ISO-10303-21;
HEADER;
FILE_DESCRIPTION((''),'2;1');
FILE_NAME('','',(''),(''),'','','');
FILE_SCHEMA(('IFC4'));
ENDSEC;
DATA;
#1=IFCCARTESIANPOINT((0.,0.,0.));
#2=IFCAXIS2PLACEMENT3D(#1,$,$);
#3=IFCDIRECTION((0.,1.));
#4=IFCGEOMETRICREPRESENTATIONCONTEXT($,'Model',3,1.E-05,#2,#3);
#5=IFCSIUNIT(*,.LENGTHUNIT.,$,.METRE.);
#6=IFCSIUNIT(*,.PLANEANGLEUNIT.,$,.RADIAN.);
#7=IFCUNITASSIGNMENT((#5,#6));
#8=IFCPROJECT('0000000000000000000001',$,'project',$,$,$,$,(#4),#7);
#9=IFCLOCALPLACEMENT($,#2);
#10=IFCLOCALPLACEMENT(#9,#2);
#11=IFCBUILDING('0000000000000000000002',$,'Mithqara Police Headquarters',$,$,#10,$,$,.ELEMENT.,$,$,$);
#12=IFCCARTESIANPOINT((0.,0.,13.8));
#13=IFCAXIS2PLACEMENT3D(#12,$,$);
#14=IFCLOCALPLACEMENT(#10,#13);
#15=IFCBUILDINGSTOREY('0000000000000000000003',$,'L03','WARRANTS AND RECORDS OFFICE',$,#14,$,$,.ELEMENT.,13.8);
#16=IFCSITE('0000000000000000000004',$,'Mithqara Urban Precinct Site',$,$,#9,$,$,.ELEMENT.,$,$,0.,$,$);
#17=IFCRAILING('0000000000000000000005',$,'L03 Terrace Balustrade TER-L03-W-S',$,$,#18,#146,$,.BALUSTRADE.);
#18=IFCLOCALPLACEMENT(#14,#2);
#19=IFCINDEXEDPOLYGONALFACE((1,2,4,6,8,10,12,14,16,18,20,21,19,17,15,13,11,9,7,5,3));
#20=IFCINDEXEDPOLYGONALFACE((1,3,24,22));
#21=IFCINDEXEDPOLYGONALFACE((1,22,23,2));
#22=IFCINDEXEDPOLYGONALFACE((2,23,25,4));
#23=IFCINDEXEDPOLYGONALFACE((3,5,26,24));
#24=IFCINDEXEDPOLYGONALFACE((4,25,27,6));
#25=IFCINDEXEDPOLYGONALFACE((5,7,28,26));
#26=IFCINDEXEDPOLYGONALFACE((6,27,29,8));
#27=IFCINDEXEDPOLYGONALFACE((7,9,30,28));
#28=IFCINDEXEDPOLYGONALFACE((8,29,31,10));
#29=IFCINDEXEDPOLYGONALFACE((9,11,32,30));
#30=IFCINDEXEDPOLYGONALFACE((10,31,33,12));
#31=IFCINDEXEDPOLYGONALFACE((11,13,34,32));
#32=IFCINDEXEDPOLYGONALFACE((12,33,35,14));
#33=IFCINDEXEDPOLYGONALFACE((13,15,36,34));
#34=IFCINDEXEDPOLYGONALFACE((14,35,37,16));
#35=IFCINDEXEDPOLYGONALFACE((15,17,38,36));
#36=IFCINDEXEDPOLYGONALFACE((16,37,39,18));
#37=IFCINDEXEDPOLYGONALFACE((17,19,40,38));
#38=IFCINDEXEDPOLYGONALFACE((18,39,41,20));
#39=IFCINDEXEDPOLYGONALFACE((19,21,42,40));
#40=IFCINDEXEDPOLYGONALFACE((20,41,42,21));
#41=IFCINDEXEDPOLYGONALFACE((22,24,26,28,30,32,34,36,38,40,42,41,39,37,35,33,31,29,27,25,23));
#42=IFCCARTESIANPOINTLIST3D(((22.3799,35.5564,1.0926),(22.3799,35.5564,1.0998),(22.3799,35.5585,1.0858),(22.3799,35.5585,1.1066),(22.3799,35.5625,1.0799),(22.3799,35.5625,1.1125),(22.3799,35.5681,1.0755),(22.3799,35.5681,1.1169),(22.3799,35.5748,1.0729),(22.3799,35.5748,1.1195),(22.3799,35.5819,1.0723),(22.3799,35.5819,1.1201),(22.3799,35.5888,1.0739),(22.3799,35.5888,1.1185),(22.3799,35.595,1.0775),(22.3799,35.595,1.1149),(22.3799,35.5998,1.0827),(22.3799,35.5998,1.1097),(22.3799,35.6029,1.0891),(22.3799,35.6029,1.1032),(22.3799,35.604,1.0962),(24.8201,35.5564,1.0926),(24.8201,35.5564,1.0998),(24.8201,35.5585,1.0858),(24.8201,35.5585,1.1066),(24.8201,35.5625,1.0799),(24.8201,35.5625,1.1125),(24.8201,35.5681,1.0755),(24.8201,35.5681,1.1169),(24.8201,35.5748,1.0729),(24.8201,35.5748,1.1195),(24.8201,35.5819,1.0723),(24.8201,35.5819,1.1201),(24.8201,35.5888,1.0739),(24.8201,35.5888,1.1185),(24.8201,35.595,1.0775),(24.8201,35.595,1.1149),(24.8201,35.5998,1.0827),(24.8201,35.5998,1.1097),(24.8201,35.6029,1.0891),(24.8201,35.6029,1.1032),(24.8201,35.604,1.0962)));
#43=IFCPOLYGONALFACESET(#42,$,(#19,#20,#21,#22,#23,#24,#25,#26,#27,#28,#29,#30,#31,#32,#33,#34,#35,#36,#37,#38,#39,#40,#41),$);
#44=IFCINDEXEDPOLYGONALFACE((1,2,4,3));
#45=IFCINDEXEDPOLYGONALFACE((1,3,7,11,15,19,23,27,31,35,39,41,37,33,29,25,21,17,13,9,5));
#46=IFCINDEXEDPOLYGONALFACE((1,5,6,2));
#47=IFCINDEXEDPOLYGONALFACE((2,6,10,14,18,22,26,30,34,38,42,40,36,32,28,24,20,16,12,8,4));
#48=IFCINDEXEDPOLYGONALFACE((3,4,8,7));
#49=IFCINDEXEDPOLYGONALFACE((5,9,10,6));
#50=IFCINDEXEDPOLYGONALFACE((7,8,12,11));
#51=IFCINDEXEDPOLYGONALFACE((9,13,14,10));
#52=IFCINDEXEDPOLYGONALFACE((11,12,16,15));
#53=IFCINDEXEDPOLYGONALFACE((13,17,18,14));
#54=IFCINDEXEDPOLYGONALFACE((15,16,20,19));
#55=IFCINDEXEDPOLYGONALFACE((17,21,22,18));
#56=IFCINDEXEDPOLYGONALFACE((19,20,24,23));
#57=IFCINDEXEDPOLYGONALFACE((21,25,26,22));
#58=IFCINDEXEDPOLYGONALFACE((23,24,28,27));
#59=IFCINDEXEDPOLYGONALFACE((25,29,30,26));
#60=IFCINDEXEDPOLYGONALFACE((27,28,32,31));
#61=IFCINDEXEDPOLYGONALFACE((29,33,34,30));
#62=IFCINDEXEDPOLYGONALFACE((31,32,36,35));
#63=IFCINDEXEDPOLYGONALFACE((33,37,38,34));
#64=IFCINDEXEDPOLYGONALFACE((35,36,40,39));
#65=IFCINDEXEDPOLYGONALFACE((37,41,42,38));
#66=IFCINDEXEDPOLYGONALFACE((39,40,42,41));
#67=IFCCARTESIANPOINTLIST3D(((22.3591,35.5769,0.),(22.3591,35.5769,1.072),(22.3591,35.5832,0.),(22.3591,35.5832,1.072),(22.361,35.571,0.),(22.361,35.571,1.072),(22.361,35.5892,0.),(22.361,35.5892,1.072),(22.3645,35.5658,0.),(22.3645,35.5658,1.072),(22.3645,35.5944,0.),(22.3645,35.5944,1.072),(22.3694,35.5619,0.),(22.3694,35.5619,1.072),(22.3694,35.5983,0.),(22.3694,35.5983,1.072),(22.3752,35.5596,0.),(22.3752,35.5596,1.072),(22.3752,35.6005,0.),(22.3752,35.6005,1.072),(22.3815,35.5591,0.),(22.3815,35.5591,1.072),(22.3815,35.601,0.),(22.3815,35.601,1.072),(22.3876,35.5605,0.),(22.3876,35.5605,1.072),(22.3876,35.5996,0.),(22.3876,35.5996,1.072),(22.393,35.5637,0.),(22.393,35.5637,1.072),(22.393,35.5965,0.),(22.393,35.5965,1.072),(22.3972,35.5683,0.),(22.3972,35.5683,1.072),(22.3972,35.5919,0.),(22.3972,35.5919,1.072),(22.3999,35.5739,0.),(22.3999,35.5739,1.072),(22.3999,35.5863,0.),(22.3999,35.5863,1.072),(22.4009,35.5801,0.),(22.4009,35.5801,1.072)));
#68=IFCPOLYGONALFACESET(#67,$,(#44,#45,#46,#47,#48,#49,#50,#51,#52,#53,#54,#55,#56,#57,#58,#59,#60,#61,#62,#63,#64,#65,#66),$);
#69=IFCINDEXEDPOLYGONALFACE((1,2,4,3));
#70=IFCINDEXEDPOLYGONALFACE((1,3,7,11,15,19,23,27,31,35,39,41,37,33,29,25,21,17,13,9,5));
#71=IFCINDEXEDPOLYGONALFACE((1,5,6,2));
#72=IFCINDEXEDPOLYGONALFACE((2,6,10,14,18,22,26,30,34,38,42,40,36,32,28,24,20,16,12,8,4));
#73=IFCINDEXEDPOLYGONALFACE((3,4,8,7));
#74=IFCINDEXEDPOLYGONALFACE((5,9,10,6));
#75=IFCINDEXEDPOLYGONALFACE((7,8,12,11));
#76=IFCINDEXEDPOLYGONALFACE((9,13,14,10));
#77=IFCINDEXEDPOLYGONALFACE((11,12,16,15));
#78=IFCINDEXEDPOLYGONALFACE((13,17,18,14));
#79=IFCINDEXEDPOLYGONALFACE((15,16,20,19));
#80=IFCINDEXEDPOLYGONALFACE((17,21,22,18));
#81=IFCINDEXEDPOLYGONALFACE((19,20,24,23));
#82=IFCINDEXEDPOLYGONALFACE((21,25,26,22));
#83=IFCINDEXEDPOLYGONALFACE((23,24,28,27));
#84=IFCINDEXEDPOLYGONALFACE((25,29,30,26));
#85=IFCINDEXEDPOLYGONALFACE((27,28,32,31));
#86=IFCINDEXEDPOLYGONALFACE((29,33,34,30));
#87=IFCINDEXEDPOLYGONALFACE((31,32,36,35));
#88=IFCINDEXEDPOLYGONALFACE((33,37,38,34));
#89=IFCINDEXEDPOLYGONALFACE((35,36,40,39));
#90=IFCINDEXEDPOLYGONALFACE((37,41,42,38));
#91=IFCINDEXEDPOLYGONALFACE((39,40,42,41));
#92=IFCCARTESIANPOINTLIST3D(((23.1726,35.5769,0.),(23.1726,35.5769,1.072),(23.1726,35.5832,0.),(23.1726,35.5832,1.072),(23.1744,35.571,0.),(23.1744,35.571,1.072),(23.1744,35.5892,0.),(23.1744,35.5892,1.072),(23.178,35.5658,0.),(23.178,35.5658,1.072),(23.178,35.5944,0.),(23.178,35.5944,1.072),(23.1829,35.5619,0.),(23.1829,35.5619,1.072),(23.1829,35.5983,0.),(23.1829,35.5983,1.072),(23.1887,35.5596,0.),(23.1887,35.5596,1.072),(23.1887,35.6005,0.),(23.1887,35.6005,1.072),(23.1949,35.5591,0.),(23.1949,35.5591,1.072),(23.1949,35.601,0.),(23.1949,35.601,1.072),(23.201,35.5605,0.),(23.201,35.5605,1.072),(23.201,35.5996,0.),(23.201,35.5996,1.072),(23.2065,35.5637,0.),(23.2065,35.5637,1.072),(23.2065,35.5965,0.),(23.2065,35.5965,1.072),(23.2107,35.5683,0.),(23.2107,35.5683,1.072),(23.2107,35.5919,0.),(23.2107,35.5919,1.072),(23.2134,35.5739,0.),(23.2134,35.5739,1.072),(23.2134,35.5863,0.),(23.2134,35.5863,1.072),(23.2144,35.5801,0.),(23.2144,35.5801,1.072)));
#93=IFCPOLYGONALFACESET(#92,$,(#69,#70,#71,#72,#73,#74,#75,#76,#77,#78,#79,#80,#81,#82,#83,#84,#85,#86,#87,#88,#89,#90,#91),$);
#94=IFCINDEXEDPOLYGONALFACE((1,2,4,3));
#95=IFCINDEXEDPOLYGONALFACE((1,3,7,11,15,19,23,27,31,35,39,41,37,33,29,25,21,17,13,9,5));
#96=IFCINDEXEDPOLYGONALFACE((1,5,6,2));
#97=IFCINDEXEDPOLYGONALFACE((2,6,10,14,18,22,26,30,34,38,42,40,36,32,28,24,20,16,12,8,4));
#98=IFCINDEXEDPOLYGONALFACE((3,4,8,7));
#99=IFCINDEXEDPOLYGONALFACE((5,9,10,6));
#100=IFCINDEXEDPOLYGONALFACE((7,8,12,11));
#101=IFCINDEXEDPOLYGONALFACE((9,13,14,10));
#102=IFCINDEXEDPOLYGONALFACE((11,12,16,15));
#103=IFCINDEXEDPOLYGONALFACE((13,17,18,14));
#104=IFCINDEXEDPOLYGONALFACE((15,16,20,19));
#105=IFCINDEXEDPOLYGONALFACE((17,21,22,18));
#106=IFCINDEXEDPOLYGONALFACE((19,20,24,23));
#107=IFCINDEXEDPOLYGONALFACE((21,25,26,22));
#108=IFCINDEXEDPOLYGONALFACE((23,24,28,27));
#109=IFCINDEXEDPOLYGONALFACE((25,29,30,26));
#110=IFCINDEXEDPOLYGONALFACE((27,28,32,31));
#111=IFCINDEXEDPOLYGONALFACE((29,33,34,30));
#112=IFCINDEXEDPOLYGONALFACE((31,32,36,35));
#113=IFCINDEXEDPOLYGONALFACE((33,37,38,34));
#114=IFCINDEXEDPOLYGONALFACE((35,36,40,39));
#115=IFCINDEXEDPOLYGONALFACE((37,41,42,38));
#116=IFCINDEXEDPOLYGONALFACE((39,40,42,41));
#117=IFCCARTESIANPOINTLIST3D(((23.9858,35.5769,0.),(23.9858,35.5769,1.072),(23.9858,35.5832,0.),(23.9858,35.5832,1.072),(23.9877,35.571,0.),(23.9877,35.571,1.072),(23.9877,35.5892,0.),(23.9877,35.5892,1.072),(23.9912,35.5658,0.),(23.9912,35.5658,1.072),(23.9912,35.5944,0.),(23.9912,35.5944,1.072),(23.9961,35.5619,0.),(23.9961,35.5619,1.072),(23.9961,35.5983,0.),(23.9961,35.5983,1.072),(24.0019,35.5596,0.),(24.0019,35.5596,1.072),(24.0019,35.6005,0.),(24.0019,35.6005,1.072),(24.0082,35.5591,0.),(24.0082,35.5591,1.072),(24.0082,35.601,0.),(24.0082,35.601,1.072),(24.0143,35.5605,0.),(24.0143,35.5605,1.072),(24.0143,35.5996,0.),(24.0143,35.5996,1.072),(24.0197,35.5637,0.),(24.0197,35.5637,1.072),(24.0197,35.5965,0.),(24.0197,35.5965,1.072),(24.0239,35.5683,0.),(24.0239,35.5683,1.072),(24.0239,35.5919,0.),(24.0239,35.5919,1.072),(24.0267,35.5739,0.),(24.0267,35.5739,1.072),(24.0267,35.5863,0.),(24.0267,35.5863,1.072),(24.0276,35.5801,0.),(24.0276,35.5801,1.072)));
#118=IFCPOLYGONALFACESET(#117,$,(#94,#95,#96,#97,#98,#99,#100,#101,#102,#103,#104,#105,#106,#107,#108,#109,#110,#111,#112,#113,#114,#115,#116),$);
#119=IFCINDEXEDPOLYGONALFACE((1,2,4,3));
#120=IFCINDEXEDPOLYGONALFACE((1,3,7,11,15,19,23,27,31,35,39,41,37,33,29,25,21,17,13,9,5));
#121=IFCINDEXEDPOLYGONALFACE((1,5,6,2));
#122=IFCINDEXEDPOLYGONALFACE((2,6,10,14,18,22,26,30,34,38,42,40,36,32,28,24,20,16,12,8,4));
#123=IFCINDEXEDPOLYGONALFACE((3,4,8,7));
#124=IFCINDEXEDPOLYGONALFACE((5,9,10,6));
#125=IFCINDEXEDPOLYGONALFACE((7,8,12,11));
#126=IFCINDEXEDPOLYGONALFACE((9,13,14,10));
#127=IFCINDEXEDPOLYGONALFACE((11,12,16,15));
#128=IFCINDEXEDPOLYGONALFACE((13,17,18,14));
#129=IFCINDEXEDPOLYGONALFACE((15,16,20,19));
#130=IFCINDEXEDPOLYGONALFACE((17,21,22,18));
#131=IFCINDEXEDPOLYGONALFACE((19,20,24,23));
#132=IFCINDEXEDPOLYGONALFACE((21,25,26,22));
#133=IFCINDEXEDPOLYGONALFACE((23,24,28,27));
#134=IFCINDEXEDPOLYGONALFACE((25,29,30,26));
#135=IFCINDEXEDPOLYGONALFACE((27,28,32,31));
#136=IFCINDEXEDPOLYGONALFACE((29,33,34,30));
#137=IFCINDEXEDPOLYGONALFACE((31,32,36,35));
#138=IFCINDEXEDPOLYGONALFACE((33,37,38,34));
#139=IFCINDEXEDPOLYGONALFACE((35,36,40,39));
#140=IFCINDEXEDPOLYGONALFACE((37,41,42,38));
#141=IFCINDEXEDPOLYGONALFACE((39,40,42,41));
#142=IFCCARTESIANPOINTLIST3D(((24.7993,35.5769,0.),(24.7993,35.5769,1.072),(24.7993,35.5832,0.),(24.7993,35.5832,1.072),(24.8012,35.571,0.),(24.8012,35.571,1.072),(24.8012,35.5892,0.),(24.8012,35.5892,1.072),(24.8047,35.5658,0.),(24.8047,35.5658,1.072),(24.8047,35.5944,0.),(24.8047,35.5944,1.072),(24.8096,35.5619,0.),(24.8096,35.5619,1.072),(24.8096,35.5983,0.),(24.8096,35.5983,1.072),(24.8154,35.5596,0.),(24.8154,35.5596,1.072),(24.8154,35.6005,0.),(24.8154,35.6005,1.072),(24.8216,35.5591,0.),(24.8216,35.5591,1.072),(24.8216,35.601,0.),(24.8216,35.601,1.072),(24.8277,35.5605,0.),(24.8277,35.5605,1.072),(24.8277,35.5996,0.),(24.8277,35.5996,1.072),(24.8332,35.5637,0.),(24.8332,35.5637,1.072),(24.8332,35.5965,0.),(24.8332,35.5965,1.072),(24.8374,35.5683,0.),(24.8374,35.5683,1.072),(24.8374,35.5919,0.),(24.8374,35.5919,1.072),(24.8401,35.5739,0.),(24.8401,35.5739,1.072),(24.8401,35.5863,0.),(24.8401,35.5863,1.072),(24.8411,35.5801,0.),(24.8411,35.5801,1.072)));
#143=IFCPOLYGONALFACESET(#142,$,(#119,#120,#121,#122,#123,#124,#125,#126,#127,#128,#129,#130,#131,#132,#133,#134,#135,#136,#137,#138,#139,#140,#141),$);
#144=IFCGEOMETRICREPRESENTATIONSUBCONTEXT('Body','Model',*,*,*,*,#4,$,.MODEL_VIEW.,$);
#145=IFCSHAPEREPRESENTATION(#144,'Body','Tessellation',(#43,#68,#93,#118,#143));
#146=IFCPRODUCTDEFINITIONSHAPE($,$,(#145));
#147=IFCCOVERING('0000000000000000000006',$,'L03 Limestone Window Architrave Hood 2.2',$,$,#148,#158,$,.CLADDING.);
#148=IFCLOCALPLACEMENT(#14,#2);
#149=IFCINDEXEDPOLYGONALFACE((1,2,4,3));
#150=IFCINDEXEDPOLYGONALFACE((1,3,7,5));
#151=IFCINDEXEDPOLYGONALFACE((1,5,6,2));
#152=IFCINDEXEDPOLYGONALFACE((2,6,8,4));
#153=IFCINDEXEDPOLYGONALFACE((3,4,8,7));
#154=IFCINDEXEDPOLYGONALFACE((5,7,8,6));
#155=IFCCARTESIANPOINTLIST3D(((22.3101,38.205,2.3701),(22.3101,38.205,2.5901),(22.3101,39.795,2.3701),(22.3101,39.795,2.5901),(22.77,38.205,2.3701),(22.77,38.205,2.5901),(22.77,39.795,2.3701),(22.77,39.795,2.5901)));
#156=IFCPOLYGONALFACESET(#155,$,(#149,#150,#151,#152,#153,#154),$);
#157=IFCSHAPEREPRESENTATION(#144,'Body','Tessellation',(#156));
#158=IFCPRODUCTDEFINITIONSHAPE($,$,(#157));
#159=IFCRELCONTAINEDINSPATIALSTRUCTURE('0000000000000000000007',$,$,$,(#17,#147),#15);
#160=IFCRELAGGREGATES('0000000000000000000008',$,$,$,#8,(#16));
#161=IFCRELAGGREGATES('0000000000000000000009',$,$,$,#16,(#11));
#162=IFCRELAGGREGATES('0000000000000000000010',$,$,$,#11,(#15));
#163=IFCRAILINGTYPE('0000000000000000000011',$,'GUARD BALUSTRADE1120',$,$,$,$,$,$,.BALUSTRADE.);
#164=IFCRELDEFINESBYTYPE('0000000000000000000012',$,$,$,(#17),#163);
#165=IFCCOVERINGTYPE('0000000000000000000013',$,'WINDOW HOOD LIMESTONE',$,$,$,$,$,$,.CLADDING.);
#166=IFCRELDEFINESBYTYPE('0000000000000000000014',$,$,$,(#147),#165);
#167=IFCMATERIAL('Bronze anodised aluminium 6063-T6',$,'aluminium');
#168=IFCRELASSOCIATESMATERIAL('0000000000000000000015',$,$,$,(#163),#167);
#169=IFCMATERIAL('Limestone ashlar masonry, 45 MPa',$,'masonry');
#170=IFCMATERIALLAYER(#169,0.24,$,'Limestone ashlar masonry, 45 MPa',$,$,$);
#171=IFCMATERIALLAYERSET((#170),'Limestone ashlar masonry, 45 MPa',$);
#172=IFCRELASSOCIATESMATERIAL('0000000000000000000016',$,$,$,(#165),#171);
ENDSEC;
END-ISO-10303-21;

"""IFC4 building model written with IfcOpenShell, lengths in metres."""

from ifc_helpers import new_model, si_unit, direction, frame, origin, origin_2d, place, context, subcontext, project, spatial, rectangle, circle, extrude, material, layer, layer_set, type_object, element, save


model = new_model("IFC4")

# Units and contexts
model_context = context("Model", 3, precision=1e-05, world=origin(), true_north=direction((0.0, 1.0)))
body_context = subcontext(model_context, "Body", "Model", "MODEL_VIEW")
ifc_project = project(units=[si_unit("LENGTHUNIT", "METRE"), si_unit("PLANEANGLEUNIT", "RADIAN")], contexts=[model_context])

# Site, building, storey
site_placement = place(None, origin())
site = spatial("IfcSite", under=ifc_project, at=site_placement, Name="Mithqara Urban Precinct Site", CompositionType="ELEMENT", RefElevation=0.0)
building_placement = place(site_placement, origin())
building = spatial("IfcBuilding", under=site, at=building_placement, Name="Mithqara Police Headquarters", CompositionType="ELEMENT")
storey_placement = place(building_placement, frame((0.0, 0.0, 13.8)))
storey = spatial("IfcBuildingStorey", under=building, at=storey_placement, Name="L03", Description="WARRANTS AND RECORDS OFFICE", CompositionType="ELEMENT", Elevation=13.8)

# Shared definitions
ifc_material_1 = material(Name="Bronze anodised aluminium 6063-T6", Category="aluminium")

# Shared definitions
ifc_material_2 = material(Name="Limestone ashlar masonry, 45 MPa", Category="masonry")

# Railing
railing_type = type_object("IfcRailingType", Name="GUARD BALUSTRADE1120", PredefinedType="BALUSTRADE", material=ifc_material_1)
railing_1_placement = place(storey_placement, frame((22.3799, 35.5801, 0.0)))
element("IfcRailing", 1, at=railing_1_placement, inside=storey, type_object=railing_type, Name="L03 Terrace Balustrade TER-L03-W-S", PredefinedType="BALUSTRADE", context=body_context, shape_type="SweptSolid", body=[
    extrude(circle(Radius=0.0239, at=origin_2d()), frame((0.0, 0.0, 1.0962), z_axis=(1.0, 0.0, 0.0), x_axis=(0.0, 1.0, 0.0)), (0.0, 0.0, 1.0), 2.4402),
    extrude(circle(Radius=0.021, at=origin_2d()), origin(), (0.0, 0.0, 1.0), 1.072),
    extrude(circle(Radius=0.021, at=origin_2d()), frame((0.8135, 0.0, 0.0)), (0.0, 0.0, 1.0), 1.072),
    extrude(circle(Radius=0.021, at=origin_2d()), frame((1.6267, 0.0, 0.0)), (0.0, 0.0, 1.0), 1.072),
    extrude(circle(Radius=0.021, at=origin_2d()), frame((2.4402, 0.0, 0.0)), (0.0, 0.0, 1.0), 1.072),
])

# Covering
ifc_layer_1 = layer(ifc_material_2, 0.24, Name="Limestone ashlar masonry, 45 MPa")
ifc_layer_set_1 = layer_set([ifc_layer_1], Name="Limestone ashlar masonry, 45 MPa")
covering_type = type_object("IfcCoveringType", Name="WINDOW HOOD LIMESTONE", PredefinedType="CLADDING", material=ifc_layer_set_1)
covering_placement = place(storey_placement, frame((22.54, 39.0, 2.3701), z_axis=(0.0, 0.0, 1.0), x_axis=(0.0, 1.0, 0.0)))
element("IfcCovering", 2, at=covering_placement, inside=storey, type_object=covering_type, Name="L03 Limestone Window Architrave Hood 2.2", PredefinedType="CLADDING", context=body_context, shape_type="SweptSolid", body=[
    extrude(rectangle(XDim=1.5901, YDim=0.46, at=origin_2d()), origin(), (0.0, 0.0, 1.0), 0.22),
])

save(model, "model.ifc")
